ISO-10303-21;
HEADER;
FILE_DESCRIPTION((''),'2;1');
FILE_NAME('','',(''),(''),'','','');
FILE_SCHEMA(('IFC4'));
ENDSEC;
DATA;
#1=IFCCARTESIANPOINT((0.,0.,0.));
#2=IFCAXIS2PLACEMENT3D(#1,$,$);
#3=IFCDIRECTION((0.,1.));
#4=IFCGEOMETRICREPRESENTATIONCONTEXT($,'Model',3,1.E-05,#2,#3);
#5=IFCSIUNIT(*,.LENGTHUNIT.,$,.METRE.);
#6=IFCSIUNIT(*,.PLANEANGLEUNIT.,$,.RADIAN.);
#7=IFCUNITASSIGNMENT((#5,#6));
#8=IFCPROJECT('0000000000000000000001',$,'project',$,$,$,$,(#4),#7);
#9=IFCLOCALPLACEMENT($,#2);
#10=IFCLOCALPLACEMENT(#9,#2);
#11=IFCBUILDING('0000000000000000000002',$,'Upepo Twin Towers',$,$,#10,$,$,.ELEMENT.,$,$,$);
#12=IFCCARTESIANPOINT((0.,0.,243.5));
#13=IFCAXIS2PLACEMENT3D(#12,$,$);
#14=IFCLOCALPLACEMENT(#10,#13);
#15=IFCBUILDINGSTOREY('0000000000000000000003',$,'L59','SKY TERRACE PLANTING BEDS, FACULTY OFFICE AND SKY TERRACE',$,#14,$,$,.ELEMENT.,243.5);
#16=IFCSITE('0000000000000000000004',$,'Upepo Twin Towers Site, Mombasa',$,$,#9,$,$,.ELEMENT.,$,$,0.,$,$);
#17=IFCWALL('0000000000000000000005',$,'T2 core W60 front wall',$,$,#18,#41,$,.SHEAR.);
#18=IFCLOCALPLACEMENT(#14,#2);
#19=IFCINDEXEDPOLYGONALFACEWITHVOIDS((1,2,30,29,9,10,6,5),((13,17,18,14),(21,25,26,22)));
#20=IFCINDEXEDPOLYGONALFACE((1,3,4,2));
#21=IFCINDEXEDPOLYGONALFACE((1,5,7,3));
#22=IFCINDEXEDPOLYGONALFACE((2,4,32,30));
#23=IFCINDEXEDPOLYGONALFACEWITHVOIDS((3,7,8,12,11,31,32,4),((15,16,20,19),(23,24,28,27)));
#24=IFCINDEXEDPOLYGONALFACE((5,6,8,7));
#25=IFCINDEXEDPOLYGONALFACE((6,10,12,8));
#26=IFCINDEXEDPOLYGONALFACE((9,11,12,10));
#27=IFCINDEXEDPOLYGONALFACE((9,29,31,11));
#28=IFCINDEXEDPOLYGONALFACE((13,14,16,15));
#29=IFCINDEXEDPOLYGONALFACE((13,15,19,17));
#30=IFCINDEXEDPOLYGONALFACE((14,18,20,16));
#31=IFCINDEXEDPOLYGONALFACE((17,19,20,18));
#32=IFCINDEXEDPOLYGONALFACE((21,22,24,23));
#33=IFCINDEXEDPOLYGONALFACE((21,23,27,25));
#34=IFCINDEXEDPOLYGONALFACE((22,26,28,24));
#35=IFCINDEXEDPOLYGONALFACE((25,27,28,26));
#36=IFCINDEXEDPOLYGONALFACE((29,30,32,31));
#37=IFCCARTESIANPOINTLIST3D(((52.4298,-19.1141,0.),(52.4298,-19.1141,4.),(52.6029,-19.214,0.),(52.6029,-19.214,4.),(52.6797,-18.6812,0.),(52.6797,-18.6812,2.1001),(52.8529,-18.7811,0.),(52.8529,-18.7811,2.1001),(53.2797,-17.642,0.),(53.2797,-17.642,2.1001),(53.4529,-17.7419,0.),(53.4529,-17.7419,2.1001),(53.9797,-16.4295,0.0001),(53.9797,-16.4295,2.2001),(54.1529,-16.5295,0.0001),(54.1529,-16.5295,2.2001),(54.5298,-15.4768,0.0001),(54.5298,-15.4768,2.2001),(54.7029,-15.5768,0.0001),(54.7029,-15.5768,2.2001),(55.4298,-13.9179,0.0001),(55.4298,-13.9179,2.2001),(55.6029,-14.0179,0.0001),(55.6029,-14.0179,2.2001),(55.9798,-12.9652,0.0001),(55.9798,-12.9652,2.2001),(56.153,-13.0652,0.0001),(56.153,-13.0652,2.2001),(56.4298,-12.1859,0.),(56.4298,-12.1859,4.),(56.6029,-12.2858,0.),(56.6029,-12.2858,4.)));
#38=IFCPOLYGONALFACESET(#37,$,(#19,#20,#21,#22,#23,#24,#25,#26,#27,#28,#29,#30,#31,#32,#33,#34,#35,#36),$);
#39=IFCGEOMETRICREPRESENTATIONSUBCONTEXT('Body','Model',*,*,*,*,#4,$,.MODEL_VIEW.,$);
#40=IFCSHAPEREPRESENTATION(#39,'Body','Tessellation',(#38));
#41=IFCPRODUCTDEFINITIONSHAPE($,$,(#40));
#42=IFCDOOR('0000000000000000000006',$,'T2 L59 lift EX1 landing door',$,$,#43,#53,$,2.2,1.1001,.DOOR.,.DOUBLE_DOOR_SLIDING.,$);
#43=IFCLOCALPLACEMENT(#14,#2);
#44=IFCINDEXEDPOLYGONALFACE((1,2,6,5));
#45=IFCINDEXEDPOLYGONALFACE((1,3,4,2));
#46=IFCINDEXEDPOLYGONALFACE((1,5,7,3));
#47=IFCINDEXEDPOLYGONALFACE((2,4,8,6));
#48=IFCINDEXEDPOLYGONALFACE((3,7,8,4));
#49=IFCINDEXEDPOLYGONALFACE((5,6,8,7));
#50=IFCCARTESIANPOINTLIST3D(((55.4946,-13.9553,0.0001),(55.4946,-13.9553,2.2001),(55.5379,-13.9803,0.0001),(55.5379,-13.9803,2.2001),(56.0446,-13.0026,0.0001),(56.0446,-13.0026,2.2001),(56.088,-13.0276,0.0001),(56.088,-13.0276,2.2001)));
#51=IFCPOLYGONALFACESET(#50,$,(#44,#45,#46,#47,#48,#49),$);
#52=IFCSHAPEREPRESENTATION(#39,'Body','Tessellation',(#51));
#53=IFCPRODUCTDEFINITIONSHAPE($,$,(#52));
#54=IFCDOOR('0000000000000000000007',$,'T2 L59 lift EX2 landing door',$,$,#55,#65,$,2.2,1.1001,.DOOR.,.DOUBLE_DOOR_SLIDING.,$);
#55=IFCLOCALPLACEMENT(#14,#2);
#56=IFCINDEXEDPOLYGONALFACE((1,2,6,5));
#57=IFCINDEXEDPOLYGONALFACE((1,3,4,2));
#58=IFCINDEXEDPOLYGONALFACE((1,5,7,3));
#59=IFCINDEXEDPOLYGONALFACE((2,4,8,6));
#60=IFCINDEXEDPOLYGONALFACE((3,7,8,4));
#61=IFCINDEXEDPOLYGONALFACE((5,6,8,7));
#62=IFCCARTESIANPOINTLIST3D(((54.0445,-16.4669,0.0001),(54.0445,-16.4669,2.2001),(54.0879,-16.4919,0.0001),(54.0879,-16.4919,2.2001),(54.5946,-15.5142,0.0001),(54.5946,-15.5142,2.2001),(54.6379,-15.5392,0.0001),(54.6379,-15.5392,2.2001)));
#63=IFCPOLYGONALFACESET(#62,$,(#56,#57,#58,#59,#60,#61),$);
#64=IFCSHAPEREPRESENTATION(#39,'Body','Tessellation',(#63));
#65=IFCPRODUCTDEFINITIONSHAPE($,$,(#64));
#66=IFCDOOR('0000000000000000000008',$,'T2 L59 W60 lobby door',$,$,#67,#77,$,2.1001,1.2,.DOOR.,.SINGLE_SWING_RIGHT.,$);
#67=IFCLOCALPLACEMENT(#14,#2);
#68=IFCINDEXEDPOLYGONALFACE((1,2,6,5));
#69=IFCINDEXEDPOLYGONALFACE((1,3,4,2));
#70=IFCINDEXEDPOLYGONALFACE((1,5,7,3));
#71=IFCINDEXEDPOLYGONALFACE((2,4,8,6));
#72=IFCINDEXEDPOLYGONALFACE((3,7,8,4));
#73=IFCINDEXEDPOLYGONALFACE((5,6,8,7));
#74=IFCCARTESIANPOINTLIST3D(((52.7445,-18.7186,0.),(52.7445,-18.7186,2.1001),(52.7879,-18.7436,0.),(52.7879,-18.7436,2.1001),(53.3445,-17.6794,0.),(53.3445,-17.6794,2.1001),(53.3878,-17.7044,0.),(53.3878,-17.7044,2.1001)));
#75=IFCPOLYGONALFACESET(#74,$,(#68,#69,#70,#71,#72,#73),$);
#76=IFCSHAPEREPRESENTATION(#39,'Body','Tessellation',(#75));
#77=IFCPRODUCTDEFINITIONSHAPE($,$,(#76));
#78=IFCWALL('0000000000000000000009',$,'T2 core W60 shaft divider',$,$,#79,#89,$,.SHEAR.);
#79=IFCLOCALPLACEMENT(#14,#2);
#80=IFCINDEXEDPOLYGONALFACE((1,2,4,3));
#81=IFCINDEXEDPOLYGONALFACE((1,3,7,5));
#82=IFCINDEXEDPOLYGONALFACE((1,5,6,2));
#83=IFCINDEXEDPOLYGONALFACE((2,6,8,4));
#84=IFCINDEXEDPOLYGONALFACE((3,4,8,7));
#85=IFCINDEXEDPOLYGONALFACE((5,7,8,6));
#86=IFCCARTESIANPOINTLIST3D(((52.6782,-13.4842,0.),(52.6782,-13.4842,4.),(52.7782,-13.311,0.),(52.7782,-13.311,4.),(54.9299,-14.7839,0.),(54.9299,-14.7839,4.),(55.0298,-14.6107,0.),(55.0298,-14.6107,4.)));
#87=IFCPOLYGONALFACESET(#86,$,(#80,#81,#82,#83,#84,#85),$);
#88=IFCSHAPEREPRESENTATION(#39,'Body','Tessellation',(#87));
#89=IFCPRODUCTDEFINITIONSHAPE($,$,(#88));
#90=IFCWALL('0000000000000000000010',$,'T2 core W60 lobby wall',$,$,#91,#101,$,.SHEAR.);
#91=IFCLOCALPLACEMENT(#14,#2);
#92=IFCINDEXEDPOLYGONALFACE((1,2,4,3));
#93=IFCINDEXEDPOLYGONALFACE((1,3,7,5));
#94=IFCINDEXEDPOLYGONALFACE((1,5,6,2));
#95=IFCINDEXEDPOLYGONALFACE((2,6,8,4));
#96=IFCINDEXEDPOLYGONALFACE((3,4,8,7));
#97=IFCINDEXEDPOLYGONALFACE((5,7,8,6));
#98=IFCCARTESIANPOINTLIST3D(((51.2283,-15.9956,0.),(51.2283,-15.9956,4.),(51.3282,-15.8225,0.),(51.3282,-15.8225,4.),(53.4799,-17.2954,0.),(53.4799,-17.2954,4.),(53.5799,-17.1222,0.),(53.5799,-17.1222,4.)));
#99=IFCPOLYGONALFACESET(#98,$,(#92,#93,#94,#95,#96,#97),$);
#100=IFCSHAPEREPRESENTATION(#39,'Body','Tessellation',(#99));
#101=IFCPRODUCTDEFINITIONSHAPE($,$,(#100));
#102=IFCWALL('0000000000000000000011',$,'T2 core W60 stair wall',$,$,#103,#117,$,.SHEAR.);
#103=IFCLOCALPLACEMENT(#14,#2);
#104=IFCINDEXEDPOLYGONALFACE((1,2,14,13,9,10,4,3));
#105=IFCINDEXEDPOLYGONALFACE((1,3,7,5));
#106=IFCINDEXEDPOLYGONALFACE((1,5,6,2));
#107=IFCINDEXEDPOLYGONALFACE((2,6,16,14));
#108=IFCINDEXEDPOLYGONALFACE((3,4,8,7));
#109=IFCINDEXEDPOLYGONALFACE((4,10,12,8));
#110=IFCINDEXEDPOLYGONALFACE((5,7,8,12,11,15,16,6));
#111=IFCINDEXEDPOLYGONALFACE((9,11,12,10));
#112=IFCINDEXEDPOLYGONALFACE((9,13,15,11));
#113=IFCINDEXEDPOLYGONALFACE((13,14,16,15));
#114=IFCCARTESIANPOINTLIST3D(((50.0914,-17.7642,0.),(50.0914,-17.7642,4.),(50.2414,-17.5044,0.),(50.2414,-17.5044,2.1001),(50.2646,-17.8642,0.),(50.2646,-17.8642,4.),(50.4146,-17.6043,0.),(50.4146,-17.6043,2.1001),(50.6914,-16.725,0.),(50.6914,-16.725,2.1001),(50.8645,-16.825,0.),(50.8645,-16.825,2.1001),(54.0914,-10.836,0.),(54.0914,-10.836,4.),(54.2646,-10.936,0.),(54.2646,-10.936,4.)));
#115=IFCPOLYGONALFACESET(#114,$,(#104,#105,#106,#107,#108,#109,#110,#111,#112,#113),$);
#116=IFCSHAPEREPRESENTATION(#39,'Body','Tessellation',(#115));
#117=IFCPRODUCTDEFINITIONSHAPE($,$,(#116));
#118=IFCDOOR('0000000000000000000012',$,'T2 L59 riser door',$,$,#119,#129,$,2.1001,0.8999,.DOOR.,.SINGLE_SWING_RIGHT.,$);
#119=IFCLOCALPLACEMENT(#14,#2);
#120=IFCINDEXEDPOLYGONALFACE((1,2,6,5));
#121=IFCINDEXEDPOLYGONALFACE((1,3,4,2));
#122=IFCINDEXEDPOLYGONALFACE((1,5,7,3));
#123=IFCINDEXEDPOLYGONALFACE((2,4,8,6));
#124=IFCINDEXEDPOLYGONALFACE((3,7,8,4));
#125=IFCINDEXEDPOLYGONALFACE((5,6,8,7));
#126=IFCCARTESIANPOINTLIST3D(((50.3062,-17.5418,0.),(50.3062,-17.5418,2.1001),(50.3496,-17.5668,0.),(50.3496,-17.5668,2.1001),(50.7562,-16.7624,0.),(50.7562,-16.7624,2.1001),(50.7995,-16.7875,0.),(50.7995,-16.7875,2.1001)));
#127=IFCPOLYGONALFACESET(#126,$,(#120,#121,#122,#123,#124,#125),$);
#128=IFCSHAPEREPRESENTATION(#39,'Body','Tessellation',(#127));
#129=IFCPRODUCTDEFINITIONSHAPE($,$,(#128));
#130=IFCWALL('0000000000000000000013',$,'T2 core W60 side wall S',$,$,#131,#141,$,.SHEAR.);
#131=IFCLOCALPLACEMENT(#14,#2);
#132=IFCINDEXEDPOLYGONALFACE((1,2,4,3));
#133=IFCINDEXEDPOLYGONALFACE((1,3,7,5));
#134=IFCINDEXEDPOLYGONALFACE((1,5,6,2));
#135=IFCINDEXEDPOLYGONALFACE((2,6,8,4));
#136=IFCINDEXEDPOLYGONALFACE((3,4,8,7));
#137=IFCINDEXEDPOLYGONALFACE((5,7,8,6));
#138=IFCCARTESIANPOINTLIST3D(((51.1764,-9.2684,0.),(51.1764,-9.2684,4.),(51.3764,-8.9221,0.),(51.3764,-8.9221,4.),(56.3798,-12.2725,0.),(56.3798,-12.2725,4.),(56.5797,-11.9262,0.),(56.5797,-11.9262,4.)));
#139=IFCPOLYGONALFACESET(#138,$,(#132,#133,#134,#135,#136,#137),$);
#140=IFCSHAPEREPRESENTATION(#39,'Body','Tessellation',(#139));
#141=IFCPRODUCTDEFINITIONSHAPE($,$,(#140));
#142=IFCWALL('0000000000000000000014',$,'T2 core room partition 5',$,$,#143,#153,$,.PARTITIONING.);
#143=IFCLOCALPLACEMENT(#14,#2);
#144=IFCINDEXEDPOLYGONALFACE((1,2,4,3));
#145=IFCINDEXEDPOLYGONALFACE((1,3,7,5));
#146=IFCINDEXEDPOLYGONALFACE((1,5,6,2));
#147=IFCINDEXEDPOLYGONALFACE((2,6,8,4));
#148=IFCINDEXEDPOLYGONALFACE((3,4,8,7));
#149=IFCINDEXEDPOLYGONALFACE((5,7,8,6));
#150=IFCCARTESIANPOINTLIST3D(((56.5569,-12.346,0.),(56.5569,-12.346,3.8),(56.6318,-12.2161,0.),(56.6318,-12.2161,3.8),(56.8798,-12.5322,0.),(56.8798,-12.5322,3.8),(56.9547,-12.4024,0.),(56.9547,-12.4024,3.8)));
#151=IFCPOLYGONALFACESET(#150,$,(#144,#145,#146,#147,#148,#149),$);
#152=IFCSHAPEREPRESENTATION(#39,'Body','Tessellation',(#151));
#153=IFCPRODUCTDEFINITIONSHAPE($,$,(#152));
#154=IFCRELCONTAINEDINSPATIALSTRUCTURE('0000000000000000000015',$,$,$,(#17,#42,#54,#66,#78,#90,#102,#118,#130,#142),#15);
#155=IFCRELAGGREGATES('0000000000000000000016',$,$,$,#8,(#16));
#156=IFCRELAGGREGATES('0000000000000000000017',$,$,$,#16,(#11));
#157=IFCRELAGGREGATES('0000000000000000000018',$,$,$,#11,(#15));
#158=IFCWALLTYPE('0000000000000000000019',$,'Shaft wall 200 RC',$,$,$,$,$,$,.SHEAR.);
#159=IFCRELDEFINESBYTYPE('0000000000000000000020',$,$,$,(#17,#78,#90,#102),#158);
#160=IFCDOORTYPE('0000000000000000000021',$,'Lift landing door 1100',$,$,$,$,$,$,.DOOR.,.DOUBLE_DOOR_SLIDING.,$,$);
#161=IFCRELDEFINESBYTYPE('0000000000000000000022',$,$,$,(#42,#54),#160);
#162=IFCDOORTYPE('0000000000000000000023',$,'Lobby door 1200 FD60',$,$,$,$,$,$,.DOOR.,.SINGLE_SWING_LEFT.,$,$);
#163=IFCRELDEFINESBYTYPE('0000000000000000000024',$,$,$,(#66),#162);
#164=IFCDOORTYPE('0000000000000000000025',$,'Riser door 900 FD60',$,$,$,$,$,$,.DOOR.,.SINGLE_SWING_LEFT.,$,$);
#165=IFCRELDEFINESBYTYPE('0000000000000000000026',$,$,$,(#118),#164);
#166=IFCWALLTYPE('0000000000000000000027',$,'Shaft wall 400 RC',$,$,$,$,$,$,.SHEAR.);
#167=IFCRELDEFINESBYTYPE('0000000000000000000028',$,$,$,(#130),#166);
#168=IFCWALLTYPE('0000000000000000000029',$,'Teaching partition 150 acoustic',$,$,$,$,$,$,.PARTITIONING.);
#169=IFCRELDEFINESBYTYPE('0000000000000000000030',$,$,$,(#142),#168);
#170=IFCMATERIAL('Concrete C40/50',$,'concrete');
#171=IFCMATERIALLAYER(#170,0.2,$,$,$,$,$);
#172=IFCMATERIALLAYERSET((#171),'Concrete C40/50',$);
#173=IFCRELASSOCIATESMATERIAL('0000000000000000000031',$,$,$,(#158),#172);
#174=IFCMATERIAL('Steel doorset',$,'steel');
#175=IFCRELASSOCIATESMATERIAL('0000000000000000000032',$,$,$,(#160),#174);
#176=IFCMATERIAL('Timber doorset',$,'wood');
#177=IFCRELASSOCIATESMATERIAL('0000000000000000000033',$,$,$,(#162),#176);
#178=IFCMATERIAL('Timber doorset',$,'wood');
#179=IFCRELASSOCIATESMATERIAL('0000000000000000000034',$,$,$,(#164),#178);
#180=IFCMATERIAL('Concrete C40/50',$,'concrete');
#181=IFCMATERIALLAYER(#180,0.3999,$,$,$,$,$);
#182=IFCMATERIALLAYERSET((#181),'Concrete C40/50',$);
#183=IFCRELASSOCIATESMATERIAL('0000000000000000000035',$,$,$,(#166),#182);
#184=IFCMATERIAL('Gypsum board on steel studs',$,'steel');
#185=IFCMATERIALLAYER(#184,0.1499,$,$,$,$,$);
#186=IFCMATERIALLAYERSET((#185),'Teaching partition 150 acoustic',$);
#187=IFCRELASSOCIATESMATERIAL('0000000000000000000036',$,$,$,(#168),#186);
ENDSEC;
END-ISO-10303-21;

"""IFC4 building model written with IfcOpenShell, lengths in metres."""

from ifc_helpers import new_model, si_unit, direction, frame, frame_2d, origin, place, context, subcontext, project, spatial, rectangle, extrude, material, layer, layer_set, type_object, element, fill, save


model = new_model("IFC4")

# Units and contexts
model_context = context("Model", 3, precision=1e-05, world=origin(), true_north=direction((0.0, 1.0)))
body_context = subcontext(model_context, "Body", "Model", "MODEL_VIEW")
ifc_project = project(units=[si_unit("LENGTHUNIT", "METRE"), si_unit("PLANEANGLEUNIT", "RADIAN")], contexts=[model_context])

# Site, building, storey
site_placement = place(None, origin())
site = spatial("IfcSite", under=ifc_project, at=site_placement, Name="Upepo Twin Towers Site, Mombasa", CompositionType="ELEMENT", RefElevation=0.0)
building_placement = place(site_placement, origin())
building = spatial("IfcBuilding", under=site, at=building_placement, Name="Upepo Twin Towers", CompositionType="ELEMENT")
storey_placement = place(building_placement, frame((0.0, 0.0, 243.5)))
storey = spatial("IfcBuildingStorey", under=building, at=storey_placement, Name="L59", Description="SKY TERRACE PLANTING BEDS, FACULTY OFFICE AND SKY TERRACE", CompositionType="ELEMENT", Elevation=243.5)

# Wall, openings, doors
ifc_material_1 = material(Name="Concrete C40/50", Category="concrete")
ifc_layer_1 = layer(ifc_material_1, 0.2)
ifc_layer_set_1 = layer_set([ifc_layer_1], Name="Concrete C40/50")
wall_type_1 = type_object("IfcWallType", Name="Shaft wall 200 RC", PredefinedType="SHEAR", material=ifc_layer_set_1)
wall_1_placement = place(storey_placement, frame((56.5164, -12.2358, 0.0), z_axis=(0.0, 0.0, 1.0), x_axis=(-0.499999, -0.866026, 0.0)))
wall_1 = element("IfcWall", 1, at=wall_1_placement, inside=storey, type_object=wall_type_1, Name="T2 core W60 front wall", PredefinedType="SHEAR", context=body_context, shape_type="SweptSolid", body=[
    extrude(rectangle(XDim=8.0, YDim=0.2, at=frame_2d((4.0, 0.0))), origin(), (0.0, 0.0, 1.0), 4.0),
])
opening_1_placement = place(wall_1_placement, frame((6.3, 0.0, 0.0)))
opening_1 = element("IfcOpeningElement", 2, at=opening_1_placement, cuts=wall_1, PredefinedType="OPENING", context=body_context, shape_type="SweptSolid", body=[
    extrude(rectangle(XDim=1.2, YDim=2.1001, at=frame_2d((0.6001, 1.05))), frame((0.0, 0.1099, 0.0), z_axis=(0.0, -1.0, 0.0), x_axis=(1.0, 0.0, 0.0)), (0.0, 0.0, 1.0), 0.22),
])
opening_2_placement = place(wall_1_placement, frame((0.8999, 0.0, 0.0)))
opening_2 = element("IfcOpeningElement", 3, at=opening_2_placement, cuts=wall_1, PredefinedType="OPENING", context=body_context, shape_type="SweptSolid", body=[
    extrude(rectangle(XDim=1.1001, YDim=2.2, at=frame_2d((0.55, 1.1001))), frame((0.0, 0.1099, 0.0), z_axis=(0.0, -1.0, 0.0), x_axis=(1.0, 0.0, 0.0)), (0.0, 0.0, 1.0), 0.22),
])
opening_3_placement = place(wall_1_placement, frame((3.8, 0.0, 0.0)))
opening_3 = element("IfcOpeningElement", 4, at=opening_3_placement, cuts=wall_1, PredefinedType="OPENING", context=body_context, shape_type="SweptSolid", body=[
    extrude(rectangle(XDim=1.1001, YDim=2.2, at=frame_2d((0.55, 1.1001))), frame((0.0, 0.1099, 0.0), z_axis=(0.0, -1.0, 0.0), x_axis=(1.0, 0.0, 0.0)), (0.0, 0.0, 1.0), 0.22),
])
ifc_material_2 = material(Name="Steel doorset", Category="steel")
door_type_1 = type_object("IfcDoorType", Name="Lift landing door 1100", OperationType="DOUBLE_DOOR_SLIDING", PredefinedType="DOOR", material=ifc_material_2)
door_1_placement = place(opening_2_placement, origin())
door_1 = element("IfcDoor", 5, at=door_1_placement, inside=storey, type_object=door_type_1, Name="T2 L59 lift EX1 landing door", OperationType="DOUBLE_DOOR_SLIDING", OverallHeight=2.2, OverallWidth=1.1001, PredefinedType="DOOR", context=body_context, shape_type="SweptSolid", body=[
    extrude(rectangle(XDim=1.1001, YDim=2.2, at=frame_2d((0.55, 1.1001))), frame((0.0, 0.0249, 0.0), z_axis=(0.0, -1.0, 0.0), x_axis=(1.0, 0.0, 0.0)), (0.0, 0.0, 1.0), 0.05),
])
fill(opening_2, door_1)
door_2_placement = place(opening_3_placement, origin())
door_2 = element("IfcDoor", 6, at=door_2_placement, inside=storey, type_object=door_type_1, Name="T2 L59 lift EX2 landing door", OperationType="DOUBLE_DOOR_SLIDING", OverallHeight=2.2, OverallWidth=1.1001, PredefinedType="DOOR", context=body_context, shape_type="SweptSolid", body=[
    extrude(rectangle(XDim=1.1001, YDim=2.2, at=frame_2d((0.55, 1.1001))), frame((0.0, 0.0249, 0.0), z_axis=(0.0, -1.0, 0.0), x_axis=(1.0, 0.0, 0.0)), (0.0, 0.0, 1.0), 0.05),
])
fill(opening_3, door_2)
ifc_material_3 = material(Name="Timber doorset", Category="wood")
door_type_2 = type_object("IfcDoorType", Name="Lobby door 1200 FD60", OperationType="SINGLE_SWING_LEFT", PredefinedType="DOOR", material=ifc_material_3)
door_3_placement = place(opening_1_placement, origin())
door_3 = element("IfcDoor", 7, at=door_3_placement, inside=storey, type_object=door_type_2, Name="T2 L59 W60 lobby door", OperationType="SINGLE_SWING_RIGHT", OverallHeight=2.1001, OverallWidth=1.2, PredefinedType="DOOR", context=body_context, shape_type="SweptSolid", body=[
    extrude(rectangle(XDim=1.2, YDim=2.1001, at=frame_2d((0.6001, 1.05))), frame((0.0, 0.0249, 0.0), z_axis=(0.0, -1.0, 0.0), x_axis=(1.0, 0.0, 0.0)), (0.0, 0.0, 1.0), 0.05),
])
fill(opening_1, door_3)

# Walls
for number, where, z_axis, x_axis, name in (
    (8, (54.9797, -14.6973, 0.0), (0.0, 0.0, 1.0), (-0.866062, 0.499937, 0.0), "T2 core W60 shaft divider"),
    (9, (53.5298, -17.2087, 0.0), (0.0, 0.0, 1.0), (-0.866062, 0.499937, 0.0), "T2 core W60 lobby wall"),
):
    element("IfcWall", number, at=place(storey_placement, frame(where, z_axis=z_axis, x_axis=x_axis)), inside=storey, type_object=wall_type_1, Name=name, PredefinedType="SHEAR", context=body_context, shape_type="SweptSolid", body=[
        extrude(rectangle(XDim=2.5999, YDim=0.2, at=frame_2d((1.2998, 0.0))), origin(), (0.0, 0.0, 1.0), 4.0),
    ])

# Wall, opening, door
wall_2_placement = place(storey_placement, frame((54.178, -10.886, 0.0), z_axis=(0.0, 0.0, 1.0), x_axis=(-0.499999, -0.866026, 0.0)))
wall_2 = element("IfcWall", 10, at=wall_2_placement, inside=storey, type_object=wall_type_1, Name="T2 core W60 stair wall", PredefinedType="SHEAR", context=body_context, shape_type="SweptSolid", body=[
    extrude(rectangle(XDim=8.0, YDim=0.2, at=frame_2d((4.0, 0.0))), origin(), (0.0, 0.0, 1.0), 4.0),
])
opening_4_placement = place(wall_2_placement, frame((6.8, 0.0, 0.0)))
opening_4 = element("IfcOpeningElement", 11, at=opening_4_placement, cuts=wall_2, PredefinedType="OPENING", context=body_context, shape_type="SweptSolid", body=[
    extrude(rectangle(XDim=0.8999, YDim=2.1001, at=frame_2d((0.45, 1.05))), frame((0.0, 0.1099, 0.0), z_axis=(0.0, -1.0, 0.0), x_axis=(1.0, 0.0, 0.0)), (0.0, 0.0, 1.0), 0.22),
])
ifc_material_4 = material(Name="Timber doorset", Category="wood")
door_type_3 = type_object("IfcDoorType", Name="Riser door 900 FD60", OperationType="SINGLE_SWING_LEFT", PredefinedType="DOOR", material=ifc_material_4)
door_4_placement = place(opening_4_placement, origin())
door_4 = element("IfcDoor", 12, at=door_4_placement, inside=storey, type_object=door_type_3, Name="T2 L59 riser door", OperationType="SINGLE_SWING_RIGHT", OverallHeight=2.1001, OverallWidth=0.8999, PredefinedType="DOOR", context=body_context, shape_type="SweptSolid", body=[
    extrude(rectangle(XDim=0.8999, YDim=2.1001, at=frame_2d((0.45, 1.05))), frame((0.0, 0.0249, 0.0), z_axis=(0.0, -1.0, 0.0), x_axis=(1.0, 0.0, 0.0)), (0.0, 0.0, 1.0), 0.05),
])
fill(opening_4, door_4)

# Walls
ifc_material_5 = material(Name="Concrete C40/50", Category="concrete")
ifc_layer_2 = layer(ifc_material_5, 0.3999)
ifc_layer_set_2 = layer_set([ifc_layer_2], Name="Concrete C40/50")
wall_type_2 = type_object("IfcWallType", Name="Shaft wall 400 RC", PredefinedType="SHEAR", material=ifc_layer_set_2)
wall_3_placement = place(storey_placement, frame((56.4797, -12.0994, 0.0), z_axis=(0.0, 0.0, 1.0), x_axis=(-0.866027, 0.499998, 0.0)))
element("IfcWall", 13, at=wall_3_placement, inside=storey, type_object=wall_type_2, Name="T2 core W60 side wall S", PredefinedType="SHEAR", context=body_context, shape_type="SweptSolid", body=[
    extrude(rectangle(XDim=6.0083, YDim=0.3999, at=frame_2d((3.0042, 0.0))), origin(), (0.0, 0.0, 1.0), 4.0),
])
ifc_material_6 = material(Name="Gypsum board on steel studs", Category="steel")
ifc_layer_3 = layer(ifc_material_6, 0.1499)
ifc_layer_set_3 = layer_set([ifc_layer_3], Name="Teaching partition 150 acoustic")
wall_type_3 = type_object("IfcWallType", Name="Teaching partition 150 acoustic", PredefinedType="PARTITIONING", material=ifc_layer_set_3)
wall_4_placement = place(storey_placement, frame((56.5942, -12.281, 0.0), z_axis=(0.0, 0.0, 1.0), x_axis=(0.866262, -0.49959, 0.0)))
element("IfcWall", 14, at=wall_4_placement, inside=storey, type_object=wall_type_3, Name="T2 core room partition 5", PredefinedType="PARTITIONING", context=body_context, shape_type="SweptSolid", body=[
    extrude(rectangle(XDim=0.3728, YDim=0.1499, at=frame_2d((0.1865, 0.0))), origin(), (0.0, 0.0, 1.0), 3.8),
])

save(model, "model.ifc")
